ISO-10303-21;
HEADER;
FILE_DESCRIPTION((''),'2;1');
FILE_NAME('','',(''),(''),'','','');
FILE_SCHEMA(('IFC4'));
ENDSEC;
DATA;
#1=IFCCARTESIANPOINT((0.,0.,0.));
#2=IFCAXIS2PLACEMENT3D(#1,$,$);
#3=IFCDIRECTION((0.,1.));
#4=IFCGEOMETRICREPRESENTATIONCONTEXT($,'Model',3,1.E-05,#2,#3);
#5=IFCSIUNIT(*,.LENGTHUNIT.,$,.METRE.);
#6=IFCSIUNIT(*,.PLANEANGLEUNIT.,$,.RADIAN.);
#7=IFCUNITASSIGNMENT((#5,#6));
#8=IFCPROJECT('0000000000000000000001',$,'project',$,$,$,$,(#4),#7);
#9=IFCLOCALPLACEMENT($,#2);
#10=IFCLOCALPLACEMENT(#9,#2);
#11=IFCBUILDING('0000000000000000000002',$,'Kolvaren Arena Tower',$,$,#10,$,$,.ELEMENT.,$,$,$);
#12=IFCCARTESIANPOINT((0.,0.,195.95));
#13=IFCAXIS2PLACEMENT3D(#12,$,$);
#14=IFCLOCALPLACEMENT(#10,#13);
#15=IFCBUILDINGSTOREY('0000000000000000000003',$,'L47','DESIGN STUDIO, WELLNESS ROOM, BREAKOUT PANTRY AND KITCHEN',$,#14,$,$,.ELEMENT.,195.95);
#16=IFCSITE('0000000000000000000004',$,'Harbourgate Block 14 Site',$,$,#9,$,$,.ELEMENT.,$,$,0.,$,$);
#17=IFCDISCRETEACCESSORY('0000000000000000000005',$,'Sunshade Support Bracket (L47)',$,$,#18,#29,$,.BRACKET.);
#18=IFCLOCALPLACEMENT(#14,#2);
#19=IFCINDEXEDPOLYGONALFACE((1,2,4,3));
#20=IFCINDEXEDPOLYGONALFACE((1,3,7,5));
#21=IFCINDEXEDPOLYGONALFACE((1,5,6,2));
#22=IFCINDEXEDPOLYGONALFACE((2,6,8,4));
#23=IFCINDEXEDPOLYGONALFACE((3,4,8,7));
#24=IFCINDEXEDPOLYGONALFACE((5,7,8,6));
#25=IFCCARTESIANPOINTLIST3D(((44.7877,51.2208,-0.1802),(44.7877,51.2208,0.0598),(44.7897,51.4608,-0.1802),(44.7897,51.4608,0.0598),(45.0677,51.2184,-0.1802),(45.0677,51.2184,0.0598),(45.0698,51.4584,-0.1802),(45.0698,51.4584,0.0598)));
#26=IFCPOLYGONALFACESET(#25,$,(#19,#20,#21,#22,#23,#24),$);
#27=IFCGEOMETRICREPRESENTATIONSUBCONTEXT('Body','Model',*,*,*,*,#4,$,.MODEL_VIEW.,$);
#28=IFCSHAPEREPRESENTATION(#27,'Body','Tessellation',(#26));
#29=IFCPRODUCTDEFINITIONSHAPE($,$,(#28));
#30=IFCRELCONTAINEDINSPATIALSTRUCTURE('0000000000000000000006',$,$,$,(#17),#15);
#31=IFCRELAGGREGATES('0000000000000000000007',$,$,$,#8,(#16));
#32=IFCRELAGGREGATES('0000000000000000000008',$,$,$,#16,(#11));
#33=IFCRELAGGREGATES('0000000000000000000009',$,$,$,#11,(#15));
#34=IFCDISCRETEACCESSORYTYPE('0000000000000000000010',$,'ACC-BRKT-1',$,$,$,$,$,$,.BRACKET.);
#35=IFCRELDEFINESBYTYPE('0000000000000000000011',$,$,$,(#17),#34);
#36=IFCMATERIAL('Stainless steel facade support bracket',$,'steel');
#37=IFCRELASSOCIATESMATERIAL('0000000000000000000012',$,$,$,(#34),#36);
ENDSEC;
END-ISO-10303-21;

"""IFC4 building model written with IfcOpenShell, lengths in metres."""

from ifc_helpers import new_model, si_unit, direction, frame, origin, origin_2d, place, context, subcontext, project, spatial, rectangle, extrude, material, type_object, element, save


model = new_model("IFC4")

# Units and contexts
model_context = context("Model", 3, precision=1e-05, world=origin(), true_north=direction((0.0, 1.0)))
body_context = subcontext(model_context, "Body", "Model", "MODEL_VIEW")
ifc_project = project(units=[si_unit("LENGTHUNIT", "METRE"), si_unit("PLANEANGLEUNIT", "RADIAN")], contexts=[model_context])

# Site, building, storey
site_placement = place(None, origin())
site = spatial("IfcSite", under=ifc_project, at=site_placement, Name="Harbourgate Block 14 Site", CompositionType="ELEMENT", RefElevation=0.0)
building_placement = place(site_placement, origin())
building = spatial("IfcBuilding", under=site, at=building_placement, Name="Kolvaren Arena Tower", CompositionType="ELEMENT")
storey_placement = place(building_placement, frame((0.0, 0.0, 195.95)))
storey = spatial("IfcBuildingStorey", under=building, at=storey_placement, Name="L47", Description="DESIGN STUDIO, WELLNESS ROOM, BREAKOUT PANTRY AND KITCHEN", CompositionType="ELEMENT", Elevation=195.95)

# Discrete accessory
ifc_material_1 = material(Name="Stainless steel facade support bracket", Category="steel")
discrete_accessory_type = type_object("IfcDiscreteAccessoryType", Name="ACC-BRKT-1", PredefinedType="BRACKET", material=ifc_material_1)
for number, where, z_axis, x_axis, name in (
    (1, (44.9287, 51.3396, -0.1802), (0.0, 0.0, 1.0), (0.999962, -0.008727, 0.0), "Sunshade Support Bracket (L47)"),
):
    element("IfcDiscreteAccessory", number, at=place(storey_placement, frame(where, z_axis=z_axis, x_axis=x_axis)), inside=storey, type_object=discrete_accessory_type, Name=name, PredefinedType="BRACKET", context=body_context, shape_type="SweptSolid", body=[
        extrude(rectangle(XDim=0.28, YDim=0.24, at=origin_2d()), origin(), (0.0, 0.0, 1.0), 0.24),
    ])

save(model, "model.ifc")
